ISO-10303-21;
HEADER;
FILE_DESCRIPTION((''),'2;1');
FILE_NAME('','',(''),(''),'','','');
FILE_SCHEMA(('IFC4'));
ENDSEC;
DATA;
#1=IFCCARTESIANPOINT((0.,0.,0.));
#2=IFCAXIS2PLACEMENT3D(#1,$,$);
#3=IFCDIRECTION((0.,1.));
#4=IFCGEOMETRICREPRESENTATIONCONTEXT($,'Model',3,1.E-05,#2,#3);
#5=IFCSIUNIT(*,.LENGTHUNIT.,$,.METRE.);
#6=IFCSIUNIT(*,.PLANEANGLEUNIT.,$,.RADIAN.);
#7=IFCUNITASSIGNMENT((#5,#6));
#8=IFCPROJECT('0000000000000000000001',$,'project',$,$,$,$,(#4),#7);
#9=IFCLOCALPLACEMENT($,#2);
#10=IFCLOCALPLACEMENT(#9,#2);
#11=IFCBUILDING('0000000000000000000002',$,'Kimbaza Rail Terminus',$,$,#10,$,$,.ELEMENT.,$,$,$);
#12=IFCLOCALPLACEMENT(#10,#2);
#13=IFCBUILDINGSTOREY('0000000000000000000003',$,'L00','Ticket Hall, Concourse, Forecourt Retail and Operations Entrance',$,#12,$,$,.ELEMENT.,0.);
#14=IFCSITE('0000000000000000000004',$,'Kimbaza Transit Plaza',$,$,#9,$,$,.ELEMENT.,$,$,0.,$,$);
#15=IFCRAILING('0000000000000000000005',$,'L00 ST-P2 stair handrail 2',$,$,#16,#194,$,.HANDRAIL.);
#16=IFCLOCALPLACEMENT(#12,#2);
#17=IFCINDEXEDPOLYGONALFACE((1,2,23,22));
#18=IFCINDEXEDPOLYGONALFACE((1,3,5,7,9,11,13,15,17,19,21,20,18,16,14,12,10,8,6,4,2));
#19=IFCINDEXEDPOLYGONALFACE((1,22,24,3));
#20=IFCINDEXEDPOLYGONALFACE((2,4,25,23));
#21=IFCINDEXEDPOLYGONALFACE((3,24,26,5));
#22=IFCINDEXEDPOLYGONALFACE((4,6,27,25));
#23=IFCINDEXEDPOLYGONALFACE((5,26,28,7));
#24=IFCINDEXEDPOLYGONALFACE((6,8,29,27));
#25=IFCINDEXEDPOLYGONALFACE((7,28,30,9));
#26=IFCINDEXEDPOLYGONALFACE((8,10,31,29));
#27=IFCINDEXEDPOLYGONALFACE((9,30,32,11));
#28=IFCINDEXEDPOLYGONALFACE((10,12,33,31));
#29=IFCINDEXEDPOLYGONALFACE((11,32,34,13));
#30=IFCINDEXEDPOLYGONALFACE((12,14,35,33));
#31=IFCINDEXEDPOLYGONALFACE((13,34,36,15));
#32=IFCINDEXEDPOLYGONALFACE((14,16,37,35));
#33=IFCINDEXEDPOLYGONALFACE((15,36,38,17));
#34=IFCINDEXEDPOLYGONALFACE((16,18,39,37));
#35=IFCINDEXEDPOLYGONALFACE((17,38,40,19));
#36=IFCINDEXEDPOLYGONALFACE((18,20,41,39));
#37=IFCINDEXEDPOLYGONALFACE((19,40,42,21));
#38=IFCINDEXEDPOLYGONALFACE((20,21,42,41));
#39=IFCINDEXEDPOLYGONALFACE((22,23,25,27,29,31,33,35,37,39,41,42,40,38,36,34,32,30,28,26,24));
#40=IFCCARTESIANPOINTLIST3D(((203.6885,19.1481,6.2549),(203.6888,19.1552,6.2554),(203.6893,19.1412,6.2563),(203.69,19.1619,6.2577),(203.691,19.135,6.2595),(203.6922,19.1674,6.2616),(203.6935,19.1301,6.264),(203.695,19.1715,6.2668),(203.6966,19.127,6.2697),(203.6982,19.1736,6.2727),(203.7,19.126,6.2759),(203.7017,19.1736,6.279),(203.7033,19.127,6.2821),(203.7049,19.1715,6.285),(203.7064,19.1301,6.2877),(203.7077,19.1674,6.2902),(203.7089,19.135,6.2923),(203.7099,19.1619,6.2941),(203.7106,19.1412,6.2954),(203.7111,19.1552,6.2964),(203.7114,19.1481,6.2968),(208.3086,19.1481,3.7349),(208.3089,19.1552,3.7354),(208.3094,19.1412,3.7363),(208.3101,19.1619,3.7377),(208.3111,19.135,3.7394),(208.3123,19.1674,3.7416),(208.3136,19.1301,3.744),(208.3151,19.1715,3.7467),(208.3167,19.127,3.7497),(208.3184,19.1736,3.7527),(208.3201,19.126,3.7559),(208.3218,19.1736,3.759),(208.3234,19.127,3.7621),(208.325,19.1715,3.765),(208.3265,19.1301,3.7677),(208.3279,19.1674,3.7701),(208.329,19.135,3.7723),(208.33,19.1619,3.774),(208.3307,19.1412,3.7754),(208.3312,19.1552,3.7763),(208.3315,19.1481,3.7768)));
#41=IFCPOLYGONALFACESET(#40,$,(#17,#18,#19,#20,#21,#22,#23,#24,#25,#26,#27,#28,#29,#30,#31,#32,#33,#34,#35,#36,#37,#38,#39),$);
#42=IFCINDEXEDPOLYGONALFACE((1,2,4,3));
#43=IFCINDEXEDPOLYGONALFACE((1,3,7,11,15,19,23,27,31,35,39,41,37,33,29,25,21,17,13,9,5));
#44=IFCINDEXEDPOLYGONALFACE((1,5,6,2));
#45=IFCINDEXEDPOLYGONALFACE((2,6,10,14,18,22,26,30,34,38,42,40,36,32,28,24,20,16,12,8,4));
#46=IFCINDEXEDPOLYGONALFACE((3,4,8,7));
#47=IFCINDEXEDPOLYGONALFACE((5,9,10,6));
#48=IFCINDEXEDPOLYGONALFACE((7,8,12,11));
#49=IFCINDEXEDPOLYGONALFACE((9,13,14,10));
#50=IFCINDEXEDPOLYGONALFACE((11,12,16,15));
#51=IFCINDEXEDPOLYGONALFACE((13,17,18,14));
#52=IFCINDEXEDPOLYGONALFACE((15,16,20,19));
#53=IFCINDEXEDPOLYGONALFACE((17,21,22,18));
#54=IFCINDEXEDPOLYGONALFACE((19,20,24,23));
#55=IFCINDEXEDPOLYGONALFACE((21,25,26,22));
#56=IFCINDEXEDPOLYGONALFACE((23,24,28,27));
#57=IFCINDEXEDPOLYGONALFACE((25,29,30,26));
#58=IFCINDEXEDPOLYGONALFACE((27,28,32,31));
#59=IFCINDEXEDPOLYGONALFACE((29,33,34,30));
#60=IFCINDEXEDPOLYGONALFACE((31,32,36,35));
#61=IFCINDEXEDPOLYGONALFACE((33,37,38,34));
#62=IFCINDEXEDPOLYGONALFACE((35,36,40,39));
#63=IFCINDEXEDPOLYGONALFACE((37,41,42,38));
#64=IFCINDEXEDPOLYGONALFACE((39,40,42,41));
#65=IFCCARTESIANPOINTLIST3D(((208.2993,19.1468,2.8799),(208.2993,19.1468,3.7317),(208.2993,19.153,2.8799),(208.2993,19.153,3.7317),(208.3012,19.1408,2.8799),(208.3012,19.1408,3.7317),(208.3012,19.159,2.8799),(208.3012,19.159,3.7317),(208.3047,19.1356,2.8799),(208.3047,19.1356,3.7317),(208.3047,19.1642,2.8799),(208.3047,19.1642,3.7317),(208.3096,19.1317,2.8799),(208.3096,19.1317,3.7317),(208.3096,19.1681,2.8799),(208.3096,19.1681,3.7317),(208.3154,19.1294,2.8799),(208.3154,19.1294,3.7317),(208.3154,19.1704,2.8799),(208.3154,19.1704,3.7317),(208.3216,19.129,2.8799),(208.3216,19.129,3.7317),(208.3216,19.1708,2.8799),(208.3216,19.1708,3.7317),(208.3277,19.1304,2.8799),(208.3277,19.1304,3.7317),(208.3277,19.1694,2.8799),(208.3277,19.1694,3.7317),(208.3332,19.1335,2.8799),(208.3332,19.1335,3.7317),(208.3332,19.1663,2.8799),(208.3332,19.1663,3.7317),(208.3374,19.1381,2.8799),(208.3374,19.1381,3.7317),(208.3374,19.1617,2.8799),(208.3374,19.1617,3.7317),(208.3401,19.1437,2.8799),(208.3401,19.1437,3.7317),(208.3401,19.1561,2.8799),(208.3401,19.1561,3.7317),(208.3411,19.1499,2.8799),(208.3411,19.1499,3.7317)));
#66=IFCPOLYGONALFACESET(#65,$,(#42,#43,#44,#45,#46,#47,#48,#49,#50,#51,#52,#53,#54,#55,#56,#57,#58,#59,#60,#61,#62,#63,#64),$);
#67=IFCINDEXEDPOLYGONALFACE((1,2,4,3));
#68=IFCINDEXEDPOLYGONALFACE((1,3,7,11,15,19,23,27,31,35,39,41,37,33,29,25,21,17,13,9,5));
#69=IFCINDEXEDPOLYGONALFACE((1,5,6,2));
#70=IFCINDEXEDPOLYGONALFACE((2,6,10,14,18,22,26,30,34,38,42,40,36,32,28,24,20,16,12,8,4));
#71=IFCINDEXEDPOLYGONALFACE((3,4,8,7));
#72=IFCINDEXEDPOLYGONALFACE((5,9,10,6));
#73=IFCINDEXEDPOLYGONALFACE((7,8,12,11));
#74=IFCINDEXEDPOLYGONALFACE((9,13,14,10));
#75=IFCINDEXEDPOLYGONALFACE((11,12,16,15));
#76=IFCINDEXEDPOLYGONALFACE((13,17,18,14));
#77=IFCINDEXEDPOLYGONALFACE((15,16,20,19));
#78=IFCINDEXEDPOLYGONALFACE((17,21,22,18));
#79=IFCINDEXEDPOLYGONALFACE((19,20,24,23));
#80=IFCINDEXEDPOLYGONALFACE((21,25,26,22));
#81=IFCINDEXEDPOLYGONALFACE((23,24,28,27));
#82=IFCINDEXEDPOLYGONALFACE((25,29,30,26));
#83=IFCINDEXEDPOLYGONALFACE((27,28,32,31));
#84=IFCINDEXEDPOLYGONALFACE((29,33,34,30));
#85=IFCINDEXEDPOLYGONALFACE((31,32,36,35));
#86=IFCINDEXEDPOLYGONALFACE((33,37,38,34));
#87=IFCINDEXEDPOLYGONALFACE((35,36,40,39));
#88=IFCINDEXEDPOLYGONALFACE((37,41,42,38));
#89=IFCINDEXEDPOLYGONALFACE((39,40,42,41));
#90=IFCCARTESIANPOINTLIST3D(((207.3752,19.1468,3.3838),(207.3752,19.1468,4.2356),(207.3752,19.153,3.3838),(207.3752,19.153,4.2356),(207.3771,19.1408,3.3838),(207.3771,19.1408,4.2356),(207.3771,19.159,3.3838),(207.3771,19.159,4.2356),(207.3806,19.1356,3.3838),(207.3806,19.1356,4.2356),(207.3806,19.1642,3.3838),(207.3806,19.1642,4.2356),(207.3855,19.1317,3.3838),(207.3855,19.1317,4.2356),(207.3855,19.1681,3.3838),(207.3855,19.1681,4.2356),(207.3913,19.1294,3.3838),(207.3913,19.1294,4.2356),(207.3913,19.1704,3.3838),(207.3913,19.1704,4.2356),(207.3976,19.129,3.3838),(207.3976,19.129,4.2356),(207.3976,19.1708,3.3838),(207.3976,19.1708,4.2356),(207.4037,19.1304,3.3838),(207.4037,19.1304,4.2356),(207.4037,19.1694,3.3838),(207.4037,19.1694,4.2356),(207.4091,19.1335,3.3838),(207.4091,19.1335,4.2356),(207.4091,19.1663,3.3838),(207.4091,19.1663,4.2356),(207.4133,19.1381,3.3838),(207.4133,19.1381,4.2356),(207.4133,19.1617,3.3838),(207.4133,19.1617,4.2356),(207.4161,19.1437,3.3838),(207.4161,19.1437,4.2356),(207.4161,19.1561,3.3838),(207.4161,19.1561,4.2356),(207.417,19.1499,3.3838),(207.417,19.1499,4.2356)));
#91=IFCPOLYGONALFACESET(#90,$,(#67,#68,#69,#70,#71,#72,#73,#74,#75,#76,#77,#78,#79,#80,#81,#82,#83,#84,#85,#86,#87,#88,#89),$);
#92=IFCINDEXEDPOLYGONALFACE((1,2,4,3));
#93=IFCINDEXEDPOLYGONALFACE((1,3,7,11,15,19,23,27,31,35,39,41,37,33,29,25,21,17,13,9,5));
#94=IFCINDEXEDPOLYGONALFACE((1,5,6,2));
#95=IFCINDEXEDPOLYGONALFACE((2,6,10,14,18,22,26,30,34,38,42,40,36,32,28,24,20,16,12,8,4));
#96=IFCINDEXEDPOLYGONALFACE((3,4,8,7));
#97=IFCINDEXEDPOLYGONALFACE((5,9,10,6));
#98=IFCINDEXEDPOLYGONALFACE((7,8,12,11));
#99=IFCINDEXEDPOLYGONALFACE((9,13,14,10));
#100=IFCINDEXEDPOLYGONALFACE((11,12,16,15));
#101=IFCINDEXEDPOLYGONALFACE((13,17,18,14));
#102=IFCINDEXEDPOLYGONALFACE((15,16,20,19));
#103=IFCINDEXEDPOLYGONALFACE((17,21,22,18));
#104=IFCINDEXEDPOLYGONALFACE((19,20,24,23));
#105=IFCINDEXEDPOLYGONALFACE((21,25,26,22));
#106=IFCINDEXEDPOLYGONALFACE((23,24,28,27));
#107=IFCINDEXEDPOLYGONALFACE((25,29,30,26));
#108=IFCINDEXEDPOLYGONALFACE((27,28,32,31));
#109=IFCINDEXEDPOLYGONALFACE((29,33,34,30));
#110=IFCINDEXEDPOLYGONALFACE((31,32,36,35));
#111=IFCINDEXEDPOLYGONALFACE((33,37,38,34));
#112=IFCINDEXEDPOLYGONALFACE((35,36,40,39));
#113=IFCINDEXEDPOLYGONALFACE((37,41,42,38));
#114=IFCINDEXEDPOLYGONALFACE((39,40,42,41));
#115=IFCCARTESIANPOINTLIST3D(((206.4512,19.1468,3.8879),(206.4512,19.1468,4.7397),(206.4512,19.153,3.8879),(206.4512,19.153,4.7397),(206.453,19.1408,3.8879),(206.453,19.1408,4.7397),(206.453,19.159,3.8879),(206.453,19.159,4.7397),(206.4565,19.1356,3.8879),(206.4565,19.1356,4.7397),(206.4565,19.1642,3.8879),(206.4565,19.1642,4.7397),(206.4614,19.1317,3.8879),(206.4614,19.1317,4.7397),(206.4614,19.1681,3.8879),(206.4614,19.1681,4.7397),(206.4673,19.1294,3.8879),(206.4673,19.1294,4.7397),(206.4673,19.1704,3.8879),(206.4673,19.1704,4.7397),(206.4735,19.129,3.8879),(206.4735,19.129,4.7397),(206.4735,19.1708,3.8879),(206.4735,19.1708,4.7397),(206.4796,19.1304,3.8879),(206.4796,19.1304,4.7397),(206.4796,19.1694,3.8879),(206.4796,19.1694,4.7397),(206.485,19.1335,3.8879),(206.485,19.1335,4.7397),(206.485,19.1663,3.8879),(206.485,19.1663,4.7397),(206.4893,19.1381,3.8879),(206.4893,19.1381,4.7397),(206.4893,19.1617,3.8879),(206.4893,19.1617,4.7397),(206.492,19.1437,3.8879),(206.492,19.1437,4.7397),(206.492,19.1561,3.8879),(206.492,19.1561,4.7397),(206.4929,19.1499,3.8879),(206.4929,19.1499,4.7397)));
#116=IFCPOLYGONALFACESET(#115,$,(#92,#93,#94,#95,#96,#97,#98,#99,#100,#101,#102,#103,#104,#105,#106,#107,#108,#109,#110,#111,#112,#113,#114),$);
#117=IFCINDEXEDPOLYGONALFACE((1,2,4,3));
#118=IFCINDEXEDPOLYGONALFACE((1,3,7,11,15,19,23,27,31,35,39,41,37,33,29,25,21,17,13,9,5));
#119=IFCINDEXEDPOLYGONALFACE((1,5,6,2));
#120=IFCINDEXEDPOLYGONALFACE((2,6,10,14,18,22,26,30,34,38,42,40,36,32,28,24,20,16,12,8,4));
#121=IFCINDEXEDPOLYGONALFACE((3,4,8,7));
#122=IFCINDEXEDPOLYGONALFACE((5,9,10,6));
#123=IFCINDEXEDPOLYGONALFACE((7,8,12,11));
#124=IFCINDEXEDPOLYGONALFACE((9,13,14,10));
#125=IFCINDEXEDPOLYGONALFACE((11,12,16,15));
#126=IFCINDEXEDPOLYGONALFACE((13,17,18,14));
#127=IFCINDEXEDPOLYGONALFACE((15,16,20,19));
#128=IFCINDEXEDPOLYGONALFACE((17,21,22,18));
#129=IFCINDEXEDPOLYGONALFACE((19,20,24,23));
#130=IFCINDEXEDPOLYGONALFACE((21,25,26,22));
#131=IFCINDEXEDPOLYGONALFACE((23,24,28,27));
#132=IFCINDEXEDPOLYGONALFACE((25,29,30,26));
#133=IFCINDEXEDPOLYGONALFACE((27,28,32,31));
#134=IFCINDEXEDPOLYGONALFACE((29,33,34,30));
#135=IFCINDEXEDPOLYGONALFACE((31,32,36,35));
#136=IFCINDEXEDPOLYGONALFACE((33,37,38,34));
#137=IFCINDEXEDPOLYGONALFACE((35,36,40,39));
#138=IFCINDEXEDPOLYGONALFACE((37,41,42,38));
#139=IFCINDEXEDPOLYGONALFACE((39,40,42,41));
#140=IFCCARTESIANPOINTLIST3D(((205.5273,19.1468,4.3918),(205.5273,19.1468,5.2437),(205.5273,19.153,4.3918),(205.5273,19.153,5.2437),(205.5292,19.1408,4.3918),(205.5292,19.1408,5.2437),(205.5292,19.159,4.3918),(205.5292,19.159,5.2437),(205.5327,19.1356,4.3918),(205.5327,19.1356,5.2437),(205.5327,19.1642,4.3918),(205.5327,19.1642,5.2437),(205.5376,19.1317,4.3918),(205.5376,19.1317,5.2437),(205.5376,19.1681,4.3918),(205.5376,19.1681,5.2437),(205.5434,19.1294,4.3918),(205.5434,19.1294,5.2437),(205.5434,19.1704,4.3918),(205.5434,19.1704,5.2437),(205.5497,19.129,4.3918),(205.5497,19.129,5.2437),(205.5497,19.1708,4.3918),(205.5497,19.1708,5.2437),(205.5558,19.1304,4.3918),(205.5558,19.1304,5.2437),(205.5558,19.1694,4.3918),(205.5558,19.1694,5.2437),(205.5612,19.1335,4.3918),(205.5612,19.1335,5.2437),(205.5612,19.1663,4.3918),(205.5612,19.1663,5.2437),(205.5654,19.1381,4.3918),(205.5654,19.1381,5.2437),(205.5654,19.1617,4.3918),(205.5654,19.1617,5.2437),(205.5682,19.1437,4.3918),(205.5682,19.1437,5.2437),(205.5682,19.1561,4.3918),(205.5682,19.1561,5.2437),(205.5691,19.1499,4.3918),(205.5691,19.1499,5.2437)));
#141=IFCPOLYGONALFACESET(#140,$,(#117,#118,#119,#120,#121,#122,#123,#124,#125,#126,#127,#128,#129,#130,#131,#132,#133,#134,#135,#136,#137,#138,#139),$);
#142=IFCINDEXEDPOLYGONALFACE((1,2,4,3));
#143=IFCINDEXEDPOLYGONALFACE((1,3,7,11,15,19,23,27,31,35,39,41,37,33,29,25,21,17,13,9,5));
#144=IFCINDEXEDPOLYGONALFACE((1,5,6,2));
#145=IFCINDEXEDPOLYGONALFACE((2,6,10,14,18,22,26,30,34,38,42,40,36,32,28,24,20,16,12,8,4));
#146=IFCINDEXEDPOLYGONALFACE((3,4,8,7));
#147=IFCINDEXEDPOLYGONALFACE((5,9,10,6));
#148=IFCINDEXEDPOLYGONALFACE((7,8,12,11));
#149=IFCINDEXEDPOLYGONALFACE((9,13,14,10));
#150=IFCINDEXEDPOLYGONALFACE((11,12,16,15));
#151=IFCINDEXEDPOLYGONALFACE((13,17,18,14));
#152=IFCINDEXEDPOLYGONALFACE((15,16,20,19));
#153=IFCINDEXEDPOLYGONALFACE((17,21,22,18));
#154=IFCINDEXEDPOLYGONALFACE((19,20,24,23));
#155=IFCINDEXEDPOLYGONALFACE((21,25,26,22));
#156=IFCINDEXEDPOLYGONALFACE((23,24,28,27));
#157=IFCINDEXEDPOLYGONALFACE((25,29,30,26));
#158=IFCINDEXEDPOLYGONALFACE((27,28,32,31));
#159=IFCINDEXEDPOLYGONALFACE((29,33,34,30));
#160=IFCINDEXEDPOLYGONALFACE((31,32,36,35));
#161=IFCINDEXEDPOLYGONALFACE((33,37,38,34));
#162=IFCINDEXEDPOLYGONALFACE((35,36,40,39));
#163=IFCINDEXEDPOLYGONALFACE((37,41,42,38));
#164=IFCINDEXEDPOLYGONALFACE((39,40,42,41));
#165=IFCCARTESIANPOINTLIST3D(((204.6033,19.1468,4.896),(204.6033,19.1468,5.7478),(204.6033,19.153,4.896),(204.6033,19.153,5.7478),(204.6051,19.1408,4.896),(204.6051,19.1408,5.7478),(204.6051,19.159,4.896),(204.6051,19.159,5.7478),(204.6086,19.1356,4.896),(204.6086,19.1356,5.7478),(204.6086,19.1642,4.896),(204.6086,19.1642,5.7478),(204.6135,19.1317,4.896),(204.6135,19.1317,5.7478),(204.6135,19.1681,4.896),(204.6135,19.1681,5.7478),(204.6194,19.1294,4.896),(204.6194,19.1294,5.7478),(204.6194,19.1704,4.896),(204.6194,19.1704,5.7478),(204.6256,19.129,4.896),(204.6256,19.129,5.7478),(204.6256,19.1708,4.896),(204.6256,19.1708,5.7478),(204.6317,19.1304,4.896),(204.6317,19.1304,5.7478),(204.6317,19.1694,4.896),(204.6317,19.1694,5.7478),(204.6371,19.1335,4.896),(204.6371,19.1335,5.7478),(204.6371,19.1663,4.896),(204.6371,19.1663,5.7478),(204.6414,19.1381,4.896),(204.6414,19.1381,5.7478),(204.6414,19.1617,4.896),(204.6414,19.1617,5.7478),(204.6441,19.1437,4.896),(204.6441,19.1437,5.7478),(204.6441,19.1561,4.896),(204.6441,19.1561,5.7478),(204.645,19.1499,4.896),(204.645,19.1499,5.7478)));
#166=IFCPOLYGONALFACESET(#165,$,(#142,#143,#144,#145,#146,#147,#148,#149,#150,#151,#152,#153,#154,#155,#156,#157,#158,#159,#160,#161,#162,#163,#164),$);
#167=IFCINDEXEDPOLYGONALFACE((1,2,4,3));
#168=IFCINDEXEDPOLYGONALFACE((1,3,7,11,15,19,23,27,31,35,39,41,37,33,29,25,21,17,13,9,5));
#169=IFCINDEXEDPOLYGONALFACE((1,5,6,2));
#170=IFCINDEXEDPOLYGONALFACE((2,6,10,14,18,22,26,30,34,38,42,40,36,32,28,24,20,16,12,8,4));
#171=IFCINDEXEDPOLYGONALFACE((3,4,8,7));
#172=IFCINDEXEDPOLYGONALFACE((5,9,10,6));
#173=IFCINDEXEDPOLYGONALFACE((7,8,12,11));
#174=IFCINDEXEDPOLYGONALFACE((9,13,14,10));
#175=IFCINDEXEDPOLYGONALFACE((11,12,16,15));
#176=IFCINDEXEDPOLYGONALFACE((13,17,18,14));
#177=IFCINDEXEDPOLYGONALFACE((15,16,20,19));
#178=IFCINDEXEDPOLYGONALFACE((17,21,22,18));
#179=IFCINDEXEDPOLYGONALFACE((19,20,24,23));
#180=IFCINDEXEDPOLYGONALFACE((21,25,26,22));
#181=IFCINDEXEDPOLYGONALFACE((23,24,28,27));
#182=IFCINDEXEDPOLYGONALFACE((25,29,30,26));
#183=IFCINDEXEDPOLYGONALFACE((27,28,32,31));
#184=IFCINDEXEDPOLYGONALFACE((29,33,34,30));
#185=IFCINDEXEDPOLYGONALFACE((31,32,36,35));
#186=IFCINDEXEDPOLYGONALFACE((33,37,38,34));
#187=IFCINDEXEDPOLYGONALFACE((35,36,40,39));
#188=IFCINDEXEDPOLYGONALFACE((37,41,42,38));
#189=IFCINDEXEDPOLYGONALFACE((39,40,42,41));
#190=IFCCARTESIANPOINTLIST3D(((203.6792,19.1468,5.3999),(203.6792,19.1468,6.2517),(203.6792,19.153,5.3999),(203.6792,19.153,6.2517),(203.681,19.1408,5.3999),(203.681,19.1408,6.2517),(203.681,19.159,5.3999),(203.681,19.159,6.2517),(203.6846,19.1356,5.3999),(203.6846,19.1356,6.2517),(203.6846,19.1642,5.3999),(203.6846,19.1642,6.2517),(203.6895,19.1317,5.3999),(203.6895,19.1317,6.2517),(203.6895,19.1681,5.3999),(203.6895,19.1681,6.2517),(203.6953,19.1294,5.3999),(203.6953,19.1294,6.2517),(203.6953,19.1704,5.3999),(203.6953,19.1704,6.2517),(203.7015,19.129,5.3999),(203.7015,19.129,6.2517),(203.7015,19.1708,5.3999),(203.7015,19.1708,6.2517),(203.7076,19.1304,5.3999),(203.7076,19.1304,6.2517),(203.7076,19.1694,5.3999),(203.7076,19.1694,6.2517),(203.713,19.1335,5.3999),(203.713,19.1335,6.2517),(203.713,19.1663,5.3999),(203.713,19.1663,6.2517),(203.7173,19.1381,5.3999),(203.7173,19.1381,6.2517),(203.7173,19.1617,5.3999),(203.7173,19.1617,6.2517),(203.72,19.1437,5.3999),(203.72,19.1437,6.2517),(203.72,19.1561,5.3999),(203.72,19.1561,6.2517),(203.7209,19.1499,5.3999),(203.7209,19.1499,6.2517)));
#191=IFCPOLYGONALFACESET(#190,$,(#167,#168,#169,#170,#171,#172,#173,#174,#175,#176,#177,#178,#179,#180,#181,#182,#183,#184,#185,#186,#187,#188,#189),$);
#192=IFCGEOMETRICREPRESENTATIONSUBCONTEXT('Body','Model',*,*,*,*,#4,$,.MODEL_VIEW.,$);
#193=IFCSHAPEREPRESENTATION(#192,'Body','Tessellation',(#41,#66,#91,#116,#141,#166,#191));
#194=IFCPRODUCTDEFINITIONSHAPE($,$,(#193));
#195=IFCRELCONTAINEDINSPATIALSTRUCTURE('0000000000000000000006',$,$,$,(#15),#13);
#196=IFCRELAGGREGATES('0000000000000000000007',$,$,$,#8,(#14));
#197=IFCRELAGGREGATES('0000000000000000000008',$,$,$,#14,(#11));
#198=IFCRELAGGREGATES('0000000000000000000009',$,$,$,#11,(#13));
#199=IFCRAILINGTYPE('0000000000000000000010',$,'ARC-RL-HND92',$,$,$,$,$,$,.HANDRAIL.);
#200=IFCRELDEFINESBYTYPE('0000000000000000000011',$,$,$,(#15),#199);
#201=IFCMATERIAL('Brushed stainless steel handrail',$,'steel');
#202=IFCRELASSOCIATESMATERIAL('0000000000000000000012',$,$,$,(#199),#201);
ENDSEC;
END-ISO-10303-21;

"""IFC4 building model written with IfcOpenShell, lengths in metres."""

from ifc_helpers import new_model, si_unit, direction, frame, origin, origin_2d, place, context, subcontext, project, spatial, circle, extrude, material, type_object, element, save


model = new_model("IFC4")

# Units and contexts
model_context = context("Model", 3, precision=1e-05, world=origin(), true_north=direction((0.0, 1.0)))
body_context = subcontext(model_context, "Body", "Model", "MODEL_VIEW")
ifc_project = project(units=[si_unit("LENGTHUNIT", "METRE"), si_unit("PLANEANGLEUNIT", "RADIAN")], contexts=[model_context])

# Site, building, storey
site_placement = place(None, origin())
site = spatial("IfcSite", under=ifc_project, at=site_placement, Name="Kimbaza Transit Plaza", CompositionType="ELEMENT", RefElevation=0.0)
building_placement = place(site_placement, origin())
building = spatial("IfcBuilding", under=site, at=building_placement, Name="Kimbaza Rail Terminus", CompositionType="ELEMENT")
storey_placement = place(building_placement, origin())
storey = spatial("IfcBuildingStorey", under=building, at=storey_placement, Name="L00", Description="Ticket Hall, Concourse, Forecourt Retail and Operations Entrance", CompositionType="ELEMENT", Elevation=0.0)

# Railing
ifc_material_1 = material(Name="Brushed stainless steel handrail", Category="steel")
railing_type_1 = type_object("IfcRailingType", Name="ARC-RL-HND92", PredefinedType="HANDRAIL", material=ifc_material_1)
railing_1_placement = place(storey_placement, frame((208.3201, 19.1499, 2.8799)))
element("IfcRailing", 1, at=railing_1_placement, inside=storey, type_object=railing_type_1, Name="L00 ST-P2 stair handrail 2", PredefinedType="HANDRAIL", context=body_context, shape_type="SweptSolid", body=[
    extrude(circle(Radius=0.0239, at=origin_2d()), frame((0.0, 0.0, 0.876), z_axis=(-0.877899, 0.0, 0.478846), x_axis=(0.0, -1.0, 0.0)), (0.0, 0.0, 1.0), 5.2627),
    extrude(circle(Radius=0.021, at=origin_2d()), origin(), (0.0, 0.0, 1.0), 0.8518),
    extrude(circle(Radius=0.021, at=origin_2d()), frame((-0.9241, 0.0, 0.5039)), (0.0, 0.0, 1.0), 0.8518),
    extrude(circle(Radius=0.021, at=origin_2d()), frame((-1.8481, 0.0, 1.0081)), (0.0, 0.0, 1.0), 0.8518),
    extrude(circle(Radius=0.021, at=origin_2d()), frame((-2.772, 0.0, 1.512)), (0.0, 0.0, 1.0), 0.8518),
    extrude(circle(Radius=0.021, at=origin_2d()), frame((-3.696, 0.0, 2.0161)), (0.0, 0.0, 1.0), 0.8518),
    extrude(circle(Radius=0.021, at=origin_2d()), frame((-4.6201, 0.0, 2.52)), (0.0, 0.0, 1.0), 0.8518),
])

save(model, "model.ifc")
